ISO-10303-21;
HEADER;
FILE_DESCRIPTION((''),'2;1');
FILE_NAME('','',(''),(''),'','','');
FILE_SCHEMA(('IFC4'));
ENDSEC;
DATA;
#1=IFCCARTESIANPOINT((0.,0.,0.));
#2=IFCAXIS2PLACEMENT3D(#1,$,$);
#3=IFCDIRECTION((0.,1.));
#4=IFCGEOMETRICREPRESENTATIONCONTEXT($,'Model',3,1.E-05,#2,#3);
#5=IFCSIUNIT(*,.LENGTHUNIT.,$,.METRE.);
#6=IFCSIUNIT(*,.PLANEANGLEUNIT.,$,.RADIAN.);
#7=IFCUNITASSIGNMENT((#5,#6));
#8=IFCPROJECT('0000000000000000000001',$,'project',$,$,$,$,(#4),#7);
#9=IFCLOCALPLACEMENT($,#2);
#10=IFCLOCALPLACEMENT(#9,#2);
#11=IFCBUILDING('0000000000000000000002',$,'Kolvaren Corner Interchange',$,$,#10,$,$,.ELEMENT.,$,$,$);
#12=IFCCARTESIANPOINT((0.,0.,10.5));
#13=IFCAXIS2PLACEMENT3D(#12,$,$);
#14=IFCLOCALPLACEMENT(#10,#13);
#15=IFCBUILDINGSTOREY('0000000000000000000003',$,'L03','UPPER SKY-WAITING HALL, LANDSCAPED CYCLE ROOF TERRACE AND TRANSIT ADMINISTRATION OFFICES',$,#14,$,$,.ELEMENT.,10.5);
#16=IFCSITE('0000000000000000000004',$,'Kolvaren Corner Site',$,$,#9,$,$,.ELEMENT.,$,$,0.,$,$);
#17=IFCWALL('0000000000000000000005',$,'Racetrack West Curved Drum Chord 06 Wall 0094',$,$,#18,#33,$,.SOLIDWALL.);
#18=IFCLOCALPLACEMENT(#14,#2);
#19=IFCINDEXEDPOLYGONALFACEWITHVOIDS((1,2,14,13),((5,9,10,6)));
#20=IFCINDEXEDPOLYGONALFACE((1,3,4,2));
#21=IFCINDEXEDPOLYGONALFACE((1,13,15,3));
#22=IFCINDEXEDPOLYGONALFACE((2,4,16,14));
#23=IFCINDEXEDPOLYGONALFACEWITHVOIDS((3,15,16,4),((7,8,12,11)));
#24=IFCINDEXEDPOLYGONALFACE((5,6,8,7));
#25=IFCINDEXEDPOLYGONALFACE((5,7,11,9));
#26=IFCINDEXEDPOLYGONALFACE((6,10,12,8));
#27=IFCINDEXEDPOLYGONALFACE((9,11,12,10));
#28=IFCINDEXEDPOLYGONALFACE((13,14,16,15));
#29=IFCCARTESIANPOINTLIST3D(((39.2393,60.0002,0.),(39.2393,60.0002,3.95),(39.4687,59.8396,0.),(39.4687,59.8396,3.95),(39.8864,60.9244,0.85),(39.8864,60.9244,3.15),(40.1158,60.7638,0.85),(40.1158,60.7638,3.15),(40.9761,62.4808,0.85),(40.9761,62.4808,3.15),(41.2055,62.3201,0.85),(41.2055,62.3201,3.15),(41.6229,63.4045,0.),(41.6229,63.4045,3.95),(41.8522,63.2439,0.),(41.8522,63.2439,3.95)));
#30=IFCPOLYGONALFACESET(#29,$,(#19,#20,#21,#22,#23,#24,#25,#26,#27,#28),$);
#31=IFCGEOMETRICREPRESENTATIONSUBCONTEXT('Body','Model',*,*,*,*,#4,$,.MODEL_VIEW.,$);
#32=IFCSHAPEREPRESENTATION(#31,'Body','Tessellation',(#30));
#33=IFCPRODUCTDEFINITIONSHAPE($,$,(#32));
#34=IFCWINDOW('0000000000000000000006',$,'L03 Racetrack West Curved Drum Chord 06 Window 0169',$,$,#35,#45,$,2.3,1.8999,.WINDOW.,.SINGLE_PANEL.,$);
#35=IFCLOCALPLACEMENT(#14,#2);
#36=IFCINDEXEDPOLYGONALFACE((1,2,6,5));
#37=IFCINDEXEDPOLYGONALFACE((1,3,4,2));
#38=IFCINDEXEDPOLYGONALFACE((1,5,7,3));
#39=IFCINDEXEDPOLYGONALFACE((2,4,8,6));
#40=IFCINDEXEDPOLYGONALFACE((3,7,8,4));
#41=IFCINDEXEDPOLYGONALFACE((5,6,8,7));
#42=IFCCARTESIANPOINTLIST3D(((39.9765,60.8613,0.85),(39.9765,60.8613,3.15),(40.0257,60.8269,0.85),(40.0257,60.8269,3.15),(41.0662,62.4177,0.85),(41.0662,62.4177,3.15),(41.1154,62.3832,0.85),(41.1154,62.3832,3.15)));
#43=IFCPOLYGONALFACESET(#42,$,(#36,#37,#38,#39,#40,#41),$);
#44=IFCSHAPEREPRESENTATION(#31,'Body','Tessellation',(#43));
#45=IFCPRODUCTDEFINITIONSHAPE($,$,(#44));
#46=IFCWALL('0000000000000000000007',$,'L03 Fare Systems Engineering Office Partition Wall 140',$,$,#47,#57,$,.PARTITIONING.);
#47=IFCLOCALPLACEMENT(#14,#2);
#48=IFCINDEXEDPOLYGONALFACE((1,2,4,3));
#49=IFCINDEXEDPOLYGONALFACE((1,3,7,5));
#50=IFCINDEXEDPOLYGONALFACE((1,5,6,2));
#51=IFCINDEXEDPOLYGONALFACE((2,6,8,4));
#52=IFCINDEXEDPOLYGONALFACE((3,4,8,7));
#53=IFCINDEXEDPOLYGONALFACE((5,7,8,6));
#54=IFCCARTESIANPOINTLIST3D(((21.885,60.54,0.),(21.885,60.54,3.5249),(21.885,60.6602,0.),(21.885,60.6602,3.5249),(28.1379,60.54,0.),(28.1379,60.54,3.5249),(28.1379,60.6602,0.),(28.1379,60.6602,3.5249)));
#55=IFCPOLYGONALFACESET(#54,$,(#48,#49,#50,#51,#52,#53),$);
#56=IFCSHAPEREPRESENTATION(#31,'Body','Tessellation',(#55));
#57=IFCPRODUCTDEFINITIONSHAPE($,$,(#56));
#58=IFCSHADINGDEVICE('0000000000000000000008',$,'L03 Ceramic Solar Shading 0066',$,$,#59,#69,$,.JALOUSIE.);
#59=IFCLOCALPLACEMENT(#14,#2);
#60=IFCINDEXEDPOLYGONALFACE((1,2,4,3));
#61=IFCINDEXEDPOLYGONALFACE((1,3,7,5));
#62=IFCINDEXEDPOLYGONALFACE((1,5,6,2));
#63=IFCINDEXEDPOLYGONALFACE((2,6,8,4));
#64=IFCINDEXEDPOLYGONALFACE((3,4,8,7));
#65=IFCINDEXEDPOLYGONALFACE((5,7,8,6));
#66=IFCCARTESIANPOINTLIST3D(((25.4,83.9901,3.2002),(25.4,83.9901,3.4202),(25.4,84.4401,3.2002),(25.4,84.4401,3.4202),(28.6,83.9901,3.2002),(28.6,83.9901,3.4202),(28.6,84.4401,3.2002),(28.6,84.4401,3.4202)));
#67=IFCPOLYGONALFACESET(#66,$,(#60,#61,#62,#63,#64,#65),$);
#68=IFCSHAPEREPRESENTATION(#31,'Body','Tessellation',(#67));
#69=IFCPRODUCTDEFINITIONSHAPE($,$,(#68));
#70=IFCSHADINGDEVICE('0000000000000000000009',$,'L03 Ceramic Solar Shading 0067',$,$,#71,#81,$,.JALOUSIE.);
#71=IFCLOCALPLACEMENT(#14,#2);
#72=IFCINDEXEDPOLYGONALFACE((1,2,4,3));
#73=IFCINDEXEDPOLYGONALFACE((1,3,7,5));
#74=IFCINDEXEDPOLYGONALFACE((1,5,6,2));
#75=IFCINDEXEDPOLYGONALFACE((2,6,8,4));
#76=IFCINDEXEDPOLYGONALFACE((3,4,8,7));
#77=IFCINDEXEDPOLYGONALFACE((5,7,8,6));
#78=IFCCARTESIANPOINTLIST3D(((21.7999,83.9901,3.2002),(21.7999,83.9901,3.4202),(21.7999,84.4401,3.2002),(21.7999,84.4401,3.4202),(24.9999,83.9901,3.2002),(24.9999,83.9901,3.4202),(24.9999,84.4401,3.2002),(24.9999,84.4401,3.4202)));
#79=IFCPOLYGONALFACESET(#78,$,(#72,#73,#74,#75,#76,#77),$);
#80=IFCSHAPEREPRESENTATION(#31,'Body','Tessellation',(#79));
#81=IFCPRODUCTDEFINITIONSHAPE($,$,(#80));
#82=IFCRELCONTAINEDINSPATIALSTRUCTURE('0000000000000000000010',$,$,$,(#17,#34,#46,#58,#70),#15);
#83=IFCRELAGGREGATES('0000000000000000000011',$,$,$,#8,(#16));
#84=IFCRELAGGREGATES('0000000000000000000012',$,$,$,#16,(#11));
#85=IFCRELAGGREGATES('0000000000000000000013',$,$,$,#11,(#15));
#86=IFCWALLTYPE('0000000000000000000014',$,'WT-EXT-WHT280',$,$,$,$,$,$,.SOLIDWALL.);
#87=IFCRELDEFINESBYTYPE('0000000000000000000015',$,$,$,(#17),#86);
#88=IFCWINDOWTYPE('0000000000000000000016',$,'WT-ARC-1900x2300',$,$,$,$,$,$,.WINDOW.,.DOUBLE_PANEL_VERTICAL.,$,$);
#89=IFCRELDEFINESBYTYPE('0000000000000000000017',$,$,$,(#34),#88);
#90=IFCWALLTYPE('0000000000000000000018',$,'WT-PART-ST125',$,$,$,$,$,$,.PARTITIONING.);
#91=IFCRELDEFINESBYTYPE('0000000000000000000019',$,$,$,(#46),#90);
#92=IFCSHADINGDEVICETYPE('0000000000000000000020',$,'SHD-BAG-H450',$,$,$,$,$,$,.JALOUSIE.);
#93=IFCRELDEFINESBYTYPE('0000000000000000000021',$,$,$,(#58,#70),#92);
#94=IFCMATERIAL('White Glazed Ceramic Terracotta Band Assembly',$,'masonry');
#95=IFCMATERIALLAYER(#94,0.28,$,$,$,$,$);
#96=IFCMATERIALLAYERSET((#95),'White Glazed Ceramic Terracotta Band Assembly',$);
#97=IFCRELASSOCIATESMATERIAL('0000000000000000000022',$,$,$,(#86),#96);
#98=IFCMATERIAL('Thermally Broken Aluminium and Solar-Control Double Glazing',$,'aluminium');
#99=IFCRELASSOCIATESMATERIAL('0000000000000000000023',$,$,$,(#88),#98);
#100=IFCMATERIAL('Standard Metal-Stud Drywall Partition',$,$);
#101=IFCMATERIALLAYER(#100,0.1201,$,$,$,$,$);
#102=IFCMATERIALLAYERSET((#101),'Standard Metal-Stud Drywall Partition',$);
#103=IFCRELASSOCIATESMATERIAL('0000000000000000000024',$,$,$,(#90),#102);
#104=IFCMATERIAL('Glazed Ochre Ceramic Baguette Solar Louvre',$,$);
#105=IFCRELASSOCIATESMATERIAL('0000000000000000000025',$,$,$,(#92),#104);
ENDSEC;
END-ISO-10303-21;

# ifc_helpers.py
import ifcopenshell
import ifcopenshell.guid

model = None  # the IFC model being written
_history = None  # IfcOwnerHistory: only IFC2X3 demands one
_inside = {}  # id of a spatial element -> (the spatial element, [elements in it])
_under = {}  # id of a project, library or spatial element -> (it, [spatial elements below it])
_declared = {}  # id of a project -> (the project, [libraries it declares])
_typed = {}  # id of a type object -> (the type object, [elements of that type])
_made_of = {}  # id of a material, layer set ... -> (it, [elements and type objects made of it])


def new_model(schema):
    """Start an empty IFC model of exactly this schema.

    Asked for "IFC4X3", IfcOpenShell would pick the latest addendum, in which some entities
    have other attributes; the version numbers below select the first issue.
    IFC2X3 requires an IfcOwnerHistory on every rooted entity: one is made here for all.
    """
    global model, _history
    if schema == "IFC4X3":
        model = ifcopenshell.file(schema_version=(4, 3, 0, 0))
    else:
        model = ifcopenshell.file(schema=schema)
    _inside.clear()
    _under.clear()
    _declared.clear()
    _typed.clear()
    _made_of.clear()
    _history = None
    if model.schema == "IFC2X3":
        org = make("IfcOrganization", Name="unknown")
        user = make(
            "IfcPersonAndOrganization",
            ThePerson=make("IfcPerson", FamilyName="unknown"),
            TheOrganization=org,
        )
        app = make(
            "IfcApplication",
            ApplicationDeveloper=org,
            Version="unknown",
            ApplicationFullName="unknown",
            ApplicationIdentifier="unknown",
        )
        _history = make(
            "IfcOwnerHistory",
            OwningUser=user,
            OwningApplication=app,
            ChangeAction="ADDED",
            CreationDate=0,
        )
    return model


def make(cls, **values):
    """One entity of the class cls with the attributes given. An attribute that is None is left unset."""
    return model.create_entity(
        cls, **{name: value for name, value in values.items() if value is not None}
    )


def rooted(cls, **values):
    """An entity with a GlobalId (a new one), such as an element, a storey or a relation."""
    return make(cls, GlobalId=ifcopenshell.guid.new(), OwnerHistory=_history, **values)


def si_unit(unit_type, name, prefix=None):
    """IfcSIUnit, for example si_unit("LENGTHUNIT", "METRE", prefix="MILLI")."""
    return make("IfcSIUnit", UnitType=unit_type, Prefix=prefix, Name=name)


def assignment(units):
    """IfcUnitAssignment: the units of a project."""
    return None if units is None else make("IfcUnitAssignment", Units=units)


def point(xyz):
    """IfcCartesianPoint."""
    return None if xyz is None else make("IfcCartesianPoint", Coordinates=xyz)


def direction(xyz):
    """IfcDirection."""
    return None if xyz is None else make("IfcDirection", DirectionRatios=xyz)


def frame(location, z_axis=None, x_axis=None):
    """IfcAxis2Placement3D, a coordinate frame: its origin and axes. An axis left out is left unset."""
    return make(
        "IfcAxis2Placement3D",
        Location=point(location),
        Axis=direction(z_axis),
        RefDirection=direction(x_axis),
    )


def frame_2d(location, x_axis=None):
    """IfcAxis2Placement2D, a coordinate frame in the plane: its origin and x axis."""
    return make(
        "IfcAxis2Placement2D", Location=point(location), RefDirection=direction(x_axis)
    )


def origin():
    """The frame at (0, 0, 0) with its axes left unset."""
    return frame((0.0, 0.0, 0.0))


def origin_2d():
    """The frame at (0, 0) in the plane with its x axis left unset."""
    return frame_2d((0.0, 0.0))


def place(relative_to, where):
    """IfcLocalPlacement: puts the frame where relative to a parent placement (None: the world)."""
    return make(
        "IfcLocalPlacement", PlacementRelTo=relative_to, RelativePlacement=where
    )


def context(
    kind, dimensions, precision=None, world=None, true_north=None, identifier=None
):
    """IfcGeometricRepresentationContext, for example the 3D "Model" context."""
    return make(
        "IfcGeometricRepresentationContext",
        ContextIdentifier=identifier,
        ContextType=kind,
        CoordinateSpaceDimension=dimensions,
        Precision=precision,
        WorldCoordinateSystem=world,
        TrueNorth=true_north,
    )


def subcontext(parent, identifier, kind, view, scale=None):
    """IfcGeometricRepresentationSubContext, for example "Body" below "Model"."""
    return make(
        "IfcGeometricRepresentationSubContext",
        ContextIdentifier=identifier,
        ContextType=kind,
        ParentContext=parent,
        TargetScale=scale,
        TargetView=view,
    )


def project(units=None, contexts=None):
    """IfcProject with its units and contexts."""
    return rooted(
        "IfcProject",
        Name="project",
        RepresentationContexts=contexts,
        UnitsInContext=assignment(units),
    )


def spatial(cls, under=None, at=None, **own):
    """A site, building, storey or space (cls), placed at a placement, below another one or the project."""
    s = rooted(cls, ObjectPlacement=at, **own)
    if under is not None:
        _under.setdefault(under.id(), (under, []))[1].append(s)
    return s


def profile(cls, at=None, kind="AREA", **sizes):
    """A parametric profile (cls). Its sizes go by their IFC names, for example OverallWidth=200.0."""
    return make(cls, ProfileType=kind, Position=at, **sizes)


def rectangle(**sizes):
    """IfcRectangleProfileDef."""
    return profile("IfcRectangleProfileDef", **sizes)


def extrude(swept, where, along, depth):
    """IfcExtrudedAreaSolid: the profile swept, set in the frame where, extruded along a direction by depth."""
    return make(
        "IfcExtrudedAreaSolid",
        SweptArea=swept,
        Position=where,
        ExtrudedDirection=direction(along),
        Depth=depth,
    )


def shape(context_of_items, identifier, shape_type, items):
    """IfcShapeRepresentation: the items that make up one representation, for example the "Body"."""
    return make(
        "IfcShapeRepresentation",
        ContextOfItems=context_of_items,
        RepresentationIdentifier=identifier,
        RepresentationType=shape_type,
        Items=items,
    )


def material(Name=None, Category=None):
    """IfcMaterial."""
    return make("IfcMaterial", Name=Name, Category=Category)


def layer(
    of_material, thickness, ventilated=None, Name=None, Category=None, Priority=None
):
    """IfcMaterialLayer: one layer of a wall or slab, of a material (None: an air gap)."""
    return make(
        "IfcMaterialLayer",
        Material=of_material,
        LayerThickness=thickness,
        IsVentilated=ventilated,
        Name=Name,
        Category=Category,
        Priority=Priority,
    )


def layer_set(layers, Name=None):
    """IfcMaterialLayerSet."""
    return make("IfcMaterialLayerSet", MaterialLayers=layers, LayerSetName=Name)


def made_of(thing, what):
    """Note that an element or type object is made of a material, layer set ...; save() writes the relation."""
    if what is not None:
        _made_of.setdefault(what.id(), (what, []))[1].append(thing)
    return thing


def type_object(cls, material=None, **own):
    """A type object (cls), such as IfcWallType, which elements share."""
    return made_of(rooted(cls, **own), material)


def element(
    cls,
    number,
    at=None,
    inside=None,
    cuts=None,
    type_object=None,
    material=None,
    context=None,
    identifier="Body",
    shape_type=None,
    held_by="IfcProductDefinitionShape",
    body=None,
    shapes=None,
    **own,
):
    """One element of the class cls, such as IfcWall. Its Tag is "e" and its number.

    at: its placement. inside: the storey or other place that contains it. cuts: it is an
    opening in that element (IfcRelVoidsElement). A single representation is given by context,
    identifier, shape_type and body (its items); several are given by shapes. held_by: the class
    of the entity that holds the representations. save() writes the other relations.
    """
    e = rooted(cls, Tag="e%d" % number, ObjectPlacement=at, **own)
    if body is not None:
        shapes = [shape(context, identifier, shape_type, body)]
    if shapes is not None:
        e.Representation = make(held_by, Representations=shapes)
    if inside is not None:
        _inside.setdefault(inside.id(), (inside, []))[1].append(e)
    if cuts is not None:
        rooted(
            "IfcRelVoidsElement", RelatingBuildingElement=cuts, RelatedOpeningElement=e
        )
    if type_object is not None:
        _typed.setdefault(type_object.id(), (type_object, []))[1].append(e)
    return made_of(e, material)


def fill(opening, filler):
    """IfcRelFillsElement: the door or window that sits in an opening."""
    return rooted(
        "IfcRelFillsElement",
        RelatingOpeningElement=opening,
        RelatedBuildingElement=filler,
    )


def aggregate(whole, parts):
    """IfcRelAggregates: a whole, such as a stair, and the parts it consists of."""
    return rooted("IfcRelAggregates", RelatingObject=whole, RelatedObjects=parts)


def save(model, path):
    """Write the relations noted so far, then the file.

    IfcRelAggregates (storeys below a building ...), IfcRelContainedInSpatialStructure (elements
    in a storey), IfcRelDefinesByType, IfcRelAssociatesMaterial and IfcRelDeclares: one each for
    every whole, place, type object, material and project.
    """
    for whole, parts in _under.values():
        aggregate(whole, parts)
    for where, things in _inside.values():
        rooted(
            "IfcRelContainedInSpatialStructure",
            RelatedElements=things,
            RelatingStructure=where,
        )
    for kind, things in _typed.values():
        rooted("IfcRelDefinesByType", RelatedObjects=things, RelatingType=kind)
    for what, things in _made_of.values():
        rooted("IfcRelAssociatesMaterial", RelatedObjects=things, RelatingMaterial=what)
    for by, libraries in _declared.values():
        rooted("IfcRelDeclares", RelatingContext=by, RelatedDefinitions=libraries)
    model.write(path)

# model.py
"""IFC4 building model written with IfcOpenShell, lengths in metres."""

from ifc_helpers import new_model, si_unit, direction, frame, frame_2d, origin, origin_2d, place, context, subcontext, project, spatial, rectangle, extrude, material, layer, layer_set, type_object, element, fill, save


model = new_model("IFC4")

# Units and contexts
model_context = context("Model", 3, precision=1e-05, world=origin(), true_north=direction((0.0, 1.0)))
body_context = subcontext(model_context, "Body", "Model", "MODEL_VIEW")
ifc_project = project(units=[si_unit("LENGTHUNIT", "METRE"), si_unit("PLANEANGLEUNIT", "RADIAN")], contexts=[model_context])

# Site, building, storey
site_placement = place(None, origin())
site = spatial("IfcSite", under=ifc_project, at=site_placement, Name="Kolvaren Corner Site", CompositionType="ELEMENT", RefElevation=0.0)
building_placement = place(site_placement, origin())
building = spatial("IfcBuilding", under=site, at=building_placement, Name="Kolvaren Corner Interchange", CompositionType="ELEMENT")
storey_placement = place(building_placement, frame((0.0, 0.0, 10.5)))
storey = spatial("IfcBuildingStorey", under=building, at=storey_placement, Name="L03", Description="UPPER SKY-WAITING HALL, LANDSCAPED CYCLE ROOF TERRACE AND TRANSIT ADMINISTRATION OFFICES", CompositionType="ELEMENT", Elevation=10.5)

# Wall, opening, window
ifc_material_1 = material(Name="White Glazed Ceramic Terracotta Band Assembly", Category="masonry")
ifc_layer_1 = layer(ifc_material_1, 0.28)
ifc_layer_set_1 = layer_set([ifc_layer_1], Name="White Glazed Ceramic Terracotta Band Assembly")
wall_type_1 = type_object("IfcWallType", Name="WT-EXT-WHT280", PredefinedType="SOLIDWALL", material=ifc_layer_set_1)
wall_1_placement = place(storey_placement, frame((41.7375, 63.3242, 0.0), z_axis=(0.0, 0.0, 1.0), x_axis=(-0.573549, -0.819171, 0.0)))
wall_1 = element("IfcWall", 1, at=wall_1_placement, inside=storey, type_object=wall_type_1, Name="Racetrack West Curved Drum Chord 06 Wall 0094", PredefinedType="SOLIDWALL", context=body_context, shape_type="SweptSolid", body=[
    extrude(rectangle(XDim=4.1558, YDim=0.28, at=frame_2d((2.0779, 0.0))), origin(), (0.0, 0.0, 1.0), 3.95),
])
opening_1_placement = place(wall_1_placement, frame((1.1277, 0.0, 0.8501)))
opening_1 = element("IfcOpeningElement", 2, at=opening_1_placement, cuts=wall_1, PredefinedType="OPENING", context=body_context, shape_type="SweptSolid", body=[
    extrude(rectangle(XDim=1.8999, YDim=2.3, at=frame_2d((0.95, 1.1499))), frame((0.0, 0.1499, 0.0), z_axis=(0.0, -1.0, 0.0), x_axis=(1.0, 0.0, 0.0)), (0.0, 0.0, 1.0), 0.3),
])
ifc_material_2 = material(Name="Thermally Broken Aluminium and Solar-Control Double Glazing", Category="aluminium")
window_type_1 = type_object("IfcWindowType", Name="WT-ARC-1900x2300", PartitioningType="DOUBLE_PANEL_VERTICAL", PredefinedType="WINDOW", material=ifc_material_2)
window_1_placement = place(opening_1_placement, origin())
window_1 = element("IfcWindow", 3, at=window_1_placement, inside=storey, type_object=window_type_1, Name="L03 Racetrack West Curved Drum Chord 06 Window 0169", OverallHeight=2.3, OverallWidth=1.8999, PartitioningType="SINGLE_PANEL", PredefinedType="WINDOW", context=body_context, shape_type="SweptSolid", body=[
    extrude(rectangle(XDim=1.8999, YDim=2.3, at=frame_2d((0.95, 1.1499))), frame((0.0, 0.03, 0.0), z_axis=(0.0, -1.0, 0.0), x_axis=(1.0, 0.0, 0.0)), (0.0, 0.0, 1.0), 0.0601),
])
fill(opening_1, window_1)

# Wall
ifc_material_3 = material(Name="Standard Metal-Stud Drywall Partition")
ifc_layer_2 = layer(ifc_material_3, 0.1201)
ifc_layer_set_2 = layer_set([ifc_layer_2], Name="Standard Metal-Stud Drywall Partition")
wall_type_2 = type_object("IfcWallType", Name="WT-PART-ST125", PredefinedType="PARTITIONING", material=ifc_layer_set_2)
wall_2_placement = place(storey_placement, frame((28.1379, 60.6001, 0.0), z_axis=(0.0, 0.0, 1.0), x_axis=(-1.0, 0.0, 0.0)))
element("IfcWall", 4, at=wall_2_placement, inside=storey, type_object=wall_type_2, Name="L03 Fare Systems Engineering Office Partition Wall 140", PredefinedType="PARTITIONING", context=body_context, shape_type="SweptSolid", body=[
    extrude(rectangle(XDim=6.2529, YDim=0.1201, at=frame_2d((3.1265, 0.0))), origin(), (0.0, 0.0, 1.0), 3.5249),
])

# Shading devices
ifc_material_4 = material(Name="Glazed Ochre Ceramic Baguette Solar Louvre")
shading_device_type = type_object("IfcShadingDeviceType", Name="SHD-BAG-H450", PredefinedType="JALOUSIE", material=ifc_material_4)
for number, where, z_axis, x_axis, name in (
    (5, (27.0, 84.2151, 3.2002), (0.0, 0.0, 1.0), (-1.0, 0.0, 0.0), "L03 Ceramic Solar Shading 0066"),
    (6, (23.3999, 84.2151, 3.2002), (0.0, 0.0, 1.0), (-1.0, 0.0, 0.0), "L03 Ceramic Solar Shading 0067"),
):
    element("IfcShadingDevice", number, at=place(storey_placement, frame(where, z_axis=z_axis, x_axis=x_axis)), inside=storey, type_object=shading_device_type, Name=name, PredefinedType="JALOUSIE", context=body_context, shape_type="SweptSolid", body=[
        extrude(rectangle(XDim=3.2, YDim=0.45, at=origin_2d()), origin(), (0.0, 0.0, 1.0), 0.22),
    ])

save(model, "model.ifc")
